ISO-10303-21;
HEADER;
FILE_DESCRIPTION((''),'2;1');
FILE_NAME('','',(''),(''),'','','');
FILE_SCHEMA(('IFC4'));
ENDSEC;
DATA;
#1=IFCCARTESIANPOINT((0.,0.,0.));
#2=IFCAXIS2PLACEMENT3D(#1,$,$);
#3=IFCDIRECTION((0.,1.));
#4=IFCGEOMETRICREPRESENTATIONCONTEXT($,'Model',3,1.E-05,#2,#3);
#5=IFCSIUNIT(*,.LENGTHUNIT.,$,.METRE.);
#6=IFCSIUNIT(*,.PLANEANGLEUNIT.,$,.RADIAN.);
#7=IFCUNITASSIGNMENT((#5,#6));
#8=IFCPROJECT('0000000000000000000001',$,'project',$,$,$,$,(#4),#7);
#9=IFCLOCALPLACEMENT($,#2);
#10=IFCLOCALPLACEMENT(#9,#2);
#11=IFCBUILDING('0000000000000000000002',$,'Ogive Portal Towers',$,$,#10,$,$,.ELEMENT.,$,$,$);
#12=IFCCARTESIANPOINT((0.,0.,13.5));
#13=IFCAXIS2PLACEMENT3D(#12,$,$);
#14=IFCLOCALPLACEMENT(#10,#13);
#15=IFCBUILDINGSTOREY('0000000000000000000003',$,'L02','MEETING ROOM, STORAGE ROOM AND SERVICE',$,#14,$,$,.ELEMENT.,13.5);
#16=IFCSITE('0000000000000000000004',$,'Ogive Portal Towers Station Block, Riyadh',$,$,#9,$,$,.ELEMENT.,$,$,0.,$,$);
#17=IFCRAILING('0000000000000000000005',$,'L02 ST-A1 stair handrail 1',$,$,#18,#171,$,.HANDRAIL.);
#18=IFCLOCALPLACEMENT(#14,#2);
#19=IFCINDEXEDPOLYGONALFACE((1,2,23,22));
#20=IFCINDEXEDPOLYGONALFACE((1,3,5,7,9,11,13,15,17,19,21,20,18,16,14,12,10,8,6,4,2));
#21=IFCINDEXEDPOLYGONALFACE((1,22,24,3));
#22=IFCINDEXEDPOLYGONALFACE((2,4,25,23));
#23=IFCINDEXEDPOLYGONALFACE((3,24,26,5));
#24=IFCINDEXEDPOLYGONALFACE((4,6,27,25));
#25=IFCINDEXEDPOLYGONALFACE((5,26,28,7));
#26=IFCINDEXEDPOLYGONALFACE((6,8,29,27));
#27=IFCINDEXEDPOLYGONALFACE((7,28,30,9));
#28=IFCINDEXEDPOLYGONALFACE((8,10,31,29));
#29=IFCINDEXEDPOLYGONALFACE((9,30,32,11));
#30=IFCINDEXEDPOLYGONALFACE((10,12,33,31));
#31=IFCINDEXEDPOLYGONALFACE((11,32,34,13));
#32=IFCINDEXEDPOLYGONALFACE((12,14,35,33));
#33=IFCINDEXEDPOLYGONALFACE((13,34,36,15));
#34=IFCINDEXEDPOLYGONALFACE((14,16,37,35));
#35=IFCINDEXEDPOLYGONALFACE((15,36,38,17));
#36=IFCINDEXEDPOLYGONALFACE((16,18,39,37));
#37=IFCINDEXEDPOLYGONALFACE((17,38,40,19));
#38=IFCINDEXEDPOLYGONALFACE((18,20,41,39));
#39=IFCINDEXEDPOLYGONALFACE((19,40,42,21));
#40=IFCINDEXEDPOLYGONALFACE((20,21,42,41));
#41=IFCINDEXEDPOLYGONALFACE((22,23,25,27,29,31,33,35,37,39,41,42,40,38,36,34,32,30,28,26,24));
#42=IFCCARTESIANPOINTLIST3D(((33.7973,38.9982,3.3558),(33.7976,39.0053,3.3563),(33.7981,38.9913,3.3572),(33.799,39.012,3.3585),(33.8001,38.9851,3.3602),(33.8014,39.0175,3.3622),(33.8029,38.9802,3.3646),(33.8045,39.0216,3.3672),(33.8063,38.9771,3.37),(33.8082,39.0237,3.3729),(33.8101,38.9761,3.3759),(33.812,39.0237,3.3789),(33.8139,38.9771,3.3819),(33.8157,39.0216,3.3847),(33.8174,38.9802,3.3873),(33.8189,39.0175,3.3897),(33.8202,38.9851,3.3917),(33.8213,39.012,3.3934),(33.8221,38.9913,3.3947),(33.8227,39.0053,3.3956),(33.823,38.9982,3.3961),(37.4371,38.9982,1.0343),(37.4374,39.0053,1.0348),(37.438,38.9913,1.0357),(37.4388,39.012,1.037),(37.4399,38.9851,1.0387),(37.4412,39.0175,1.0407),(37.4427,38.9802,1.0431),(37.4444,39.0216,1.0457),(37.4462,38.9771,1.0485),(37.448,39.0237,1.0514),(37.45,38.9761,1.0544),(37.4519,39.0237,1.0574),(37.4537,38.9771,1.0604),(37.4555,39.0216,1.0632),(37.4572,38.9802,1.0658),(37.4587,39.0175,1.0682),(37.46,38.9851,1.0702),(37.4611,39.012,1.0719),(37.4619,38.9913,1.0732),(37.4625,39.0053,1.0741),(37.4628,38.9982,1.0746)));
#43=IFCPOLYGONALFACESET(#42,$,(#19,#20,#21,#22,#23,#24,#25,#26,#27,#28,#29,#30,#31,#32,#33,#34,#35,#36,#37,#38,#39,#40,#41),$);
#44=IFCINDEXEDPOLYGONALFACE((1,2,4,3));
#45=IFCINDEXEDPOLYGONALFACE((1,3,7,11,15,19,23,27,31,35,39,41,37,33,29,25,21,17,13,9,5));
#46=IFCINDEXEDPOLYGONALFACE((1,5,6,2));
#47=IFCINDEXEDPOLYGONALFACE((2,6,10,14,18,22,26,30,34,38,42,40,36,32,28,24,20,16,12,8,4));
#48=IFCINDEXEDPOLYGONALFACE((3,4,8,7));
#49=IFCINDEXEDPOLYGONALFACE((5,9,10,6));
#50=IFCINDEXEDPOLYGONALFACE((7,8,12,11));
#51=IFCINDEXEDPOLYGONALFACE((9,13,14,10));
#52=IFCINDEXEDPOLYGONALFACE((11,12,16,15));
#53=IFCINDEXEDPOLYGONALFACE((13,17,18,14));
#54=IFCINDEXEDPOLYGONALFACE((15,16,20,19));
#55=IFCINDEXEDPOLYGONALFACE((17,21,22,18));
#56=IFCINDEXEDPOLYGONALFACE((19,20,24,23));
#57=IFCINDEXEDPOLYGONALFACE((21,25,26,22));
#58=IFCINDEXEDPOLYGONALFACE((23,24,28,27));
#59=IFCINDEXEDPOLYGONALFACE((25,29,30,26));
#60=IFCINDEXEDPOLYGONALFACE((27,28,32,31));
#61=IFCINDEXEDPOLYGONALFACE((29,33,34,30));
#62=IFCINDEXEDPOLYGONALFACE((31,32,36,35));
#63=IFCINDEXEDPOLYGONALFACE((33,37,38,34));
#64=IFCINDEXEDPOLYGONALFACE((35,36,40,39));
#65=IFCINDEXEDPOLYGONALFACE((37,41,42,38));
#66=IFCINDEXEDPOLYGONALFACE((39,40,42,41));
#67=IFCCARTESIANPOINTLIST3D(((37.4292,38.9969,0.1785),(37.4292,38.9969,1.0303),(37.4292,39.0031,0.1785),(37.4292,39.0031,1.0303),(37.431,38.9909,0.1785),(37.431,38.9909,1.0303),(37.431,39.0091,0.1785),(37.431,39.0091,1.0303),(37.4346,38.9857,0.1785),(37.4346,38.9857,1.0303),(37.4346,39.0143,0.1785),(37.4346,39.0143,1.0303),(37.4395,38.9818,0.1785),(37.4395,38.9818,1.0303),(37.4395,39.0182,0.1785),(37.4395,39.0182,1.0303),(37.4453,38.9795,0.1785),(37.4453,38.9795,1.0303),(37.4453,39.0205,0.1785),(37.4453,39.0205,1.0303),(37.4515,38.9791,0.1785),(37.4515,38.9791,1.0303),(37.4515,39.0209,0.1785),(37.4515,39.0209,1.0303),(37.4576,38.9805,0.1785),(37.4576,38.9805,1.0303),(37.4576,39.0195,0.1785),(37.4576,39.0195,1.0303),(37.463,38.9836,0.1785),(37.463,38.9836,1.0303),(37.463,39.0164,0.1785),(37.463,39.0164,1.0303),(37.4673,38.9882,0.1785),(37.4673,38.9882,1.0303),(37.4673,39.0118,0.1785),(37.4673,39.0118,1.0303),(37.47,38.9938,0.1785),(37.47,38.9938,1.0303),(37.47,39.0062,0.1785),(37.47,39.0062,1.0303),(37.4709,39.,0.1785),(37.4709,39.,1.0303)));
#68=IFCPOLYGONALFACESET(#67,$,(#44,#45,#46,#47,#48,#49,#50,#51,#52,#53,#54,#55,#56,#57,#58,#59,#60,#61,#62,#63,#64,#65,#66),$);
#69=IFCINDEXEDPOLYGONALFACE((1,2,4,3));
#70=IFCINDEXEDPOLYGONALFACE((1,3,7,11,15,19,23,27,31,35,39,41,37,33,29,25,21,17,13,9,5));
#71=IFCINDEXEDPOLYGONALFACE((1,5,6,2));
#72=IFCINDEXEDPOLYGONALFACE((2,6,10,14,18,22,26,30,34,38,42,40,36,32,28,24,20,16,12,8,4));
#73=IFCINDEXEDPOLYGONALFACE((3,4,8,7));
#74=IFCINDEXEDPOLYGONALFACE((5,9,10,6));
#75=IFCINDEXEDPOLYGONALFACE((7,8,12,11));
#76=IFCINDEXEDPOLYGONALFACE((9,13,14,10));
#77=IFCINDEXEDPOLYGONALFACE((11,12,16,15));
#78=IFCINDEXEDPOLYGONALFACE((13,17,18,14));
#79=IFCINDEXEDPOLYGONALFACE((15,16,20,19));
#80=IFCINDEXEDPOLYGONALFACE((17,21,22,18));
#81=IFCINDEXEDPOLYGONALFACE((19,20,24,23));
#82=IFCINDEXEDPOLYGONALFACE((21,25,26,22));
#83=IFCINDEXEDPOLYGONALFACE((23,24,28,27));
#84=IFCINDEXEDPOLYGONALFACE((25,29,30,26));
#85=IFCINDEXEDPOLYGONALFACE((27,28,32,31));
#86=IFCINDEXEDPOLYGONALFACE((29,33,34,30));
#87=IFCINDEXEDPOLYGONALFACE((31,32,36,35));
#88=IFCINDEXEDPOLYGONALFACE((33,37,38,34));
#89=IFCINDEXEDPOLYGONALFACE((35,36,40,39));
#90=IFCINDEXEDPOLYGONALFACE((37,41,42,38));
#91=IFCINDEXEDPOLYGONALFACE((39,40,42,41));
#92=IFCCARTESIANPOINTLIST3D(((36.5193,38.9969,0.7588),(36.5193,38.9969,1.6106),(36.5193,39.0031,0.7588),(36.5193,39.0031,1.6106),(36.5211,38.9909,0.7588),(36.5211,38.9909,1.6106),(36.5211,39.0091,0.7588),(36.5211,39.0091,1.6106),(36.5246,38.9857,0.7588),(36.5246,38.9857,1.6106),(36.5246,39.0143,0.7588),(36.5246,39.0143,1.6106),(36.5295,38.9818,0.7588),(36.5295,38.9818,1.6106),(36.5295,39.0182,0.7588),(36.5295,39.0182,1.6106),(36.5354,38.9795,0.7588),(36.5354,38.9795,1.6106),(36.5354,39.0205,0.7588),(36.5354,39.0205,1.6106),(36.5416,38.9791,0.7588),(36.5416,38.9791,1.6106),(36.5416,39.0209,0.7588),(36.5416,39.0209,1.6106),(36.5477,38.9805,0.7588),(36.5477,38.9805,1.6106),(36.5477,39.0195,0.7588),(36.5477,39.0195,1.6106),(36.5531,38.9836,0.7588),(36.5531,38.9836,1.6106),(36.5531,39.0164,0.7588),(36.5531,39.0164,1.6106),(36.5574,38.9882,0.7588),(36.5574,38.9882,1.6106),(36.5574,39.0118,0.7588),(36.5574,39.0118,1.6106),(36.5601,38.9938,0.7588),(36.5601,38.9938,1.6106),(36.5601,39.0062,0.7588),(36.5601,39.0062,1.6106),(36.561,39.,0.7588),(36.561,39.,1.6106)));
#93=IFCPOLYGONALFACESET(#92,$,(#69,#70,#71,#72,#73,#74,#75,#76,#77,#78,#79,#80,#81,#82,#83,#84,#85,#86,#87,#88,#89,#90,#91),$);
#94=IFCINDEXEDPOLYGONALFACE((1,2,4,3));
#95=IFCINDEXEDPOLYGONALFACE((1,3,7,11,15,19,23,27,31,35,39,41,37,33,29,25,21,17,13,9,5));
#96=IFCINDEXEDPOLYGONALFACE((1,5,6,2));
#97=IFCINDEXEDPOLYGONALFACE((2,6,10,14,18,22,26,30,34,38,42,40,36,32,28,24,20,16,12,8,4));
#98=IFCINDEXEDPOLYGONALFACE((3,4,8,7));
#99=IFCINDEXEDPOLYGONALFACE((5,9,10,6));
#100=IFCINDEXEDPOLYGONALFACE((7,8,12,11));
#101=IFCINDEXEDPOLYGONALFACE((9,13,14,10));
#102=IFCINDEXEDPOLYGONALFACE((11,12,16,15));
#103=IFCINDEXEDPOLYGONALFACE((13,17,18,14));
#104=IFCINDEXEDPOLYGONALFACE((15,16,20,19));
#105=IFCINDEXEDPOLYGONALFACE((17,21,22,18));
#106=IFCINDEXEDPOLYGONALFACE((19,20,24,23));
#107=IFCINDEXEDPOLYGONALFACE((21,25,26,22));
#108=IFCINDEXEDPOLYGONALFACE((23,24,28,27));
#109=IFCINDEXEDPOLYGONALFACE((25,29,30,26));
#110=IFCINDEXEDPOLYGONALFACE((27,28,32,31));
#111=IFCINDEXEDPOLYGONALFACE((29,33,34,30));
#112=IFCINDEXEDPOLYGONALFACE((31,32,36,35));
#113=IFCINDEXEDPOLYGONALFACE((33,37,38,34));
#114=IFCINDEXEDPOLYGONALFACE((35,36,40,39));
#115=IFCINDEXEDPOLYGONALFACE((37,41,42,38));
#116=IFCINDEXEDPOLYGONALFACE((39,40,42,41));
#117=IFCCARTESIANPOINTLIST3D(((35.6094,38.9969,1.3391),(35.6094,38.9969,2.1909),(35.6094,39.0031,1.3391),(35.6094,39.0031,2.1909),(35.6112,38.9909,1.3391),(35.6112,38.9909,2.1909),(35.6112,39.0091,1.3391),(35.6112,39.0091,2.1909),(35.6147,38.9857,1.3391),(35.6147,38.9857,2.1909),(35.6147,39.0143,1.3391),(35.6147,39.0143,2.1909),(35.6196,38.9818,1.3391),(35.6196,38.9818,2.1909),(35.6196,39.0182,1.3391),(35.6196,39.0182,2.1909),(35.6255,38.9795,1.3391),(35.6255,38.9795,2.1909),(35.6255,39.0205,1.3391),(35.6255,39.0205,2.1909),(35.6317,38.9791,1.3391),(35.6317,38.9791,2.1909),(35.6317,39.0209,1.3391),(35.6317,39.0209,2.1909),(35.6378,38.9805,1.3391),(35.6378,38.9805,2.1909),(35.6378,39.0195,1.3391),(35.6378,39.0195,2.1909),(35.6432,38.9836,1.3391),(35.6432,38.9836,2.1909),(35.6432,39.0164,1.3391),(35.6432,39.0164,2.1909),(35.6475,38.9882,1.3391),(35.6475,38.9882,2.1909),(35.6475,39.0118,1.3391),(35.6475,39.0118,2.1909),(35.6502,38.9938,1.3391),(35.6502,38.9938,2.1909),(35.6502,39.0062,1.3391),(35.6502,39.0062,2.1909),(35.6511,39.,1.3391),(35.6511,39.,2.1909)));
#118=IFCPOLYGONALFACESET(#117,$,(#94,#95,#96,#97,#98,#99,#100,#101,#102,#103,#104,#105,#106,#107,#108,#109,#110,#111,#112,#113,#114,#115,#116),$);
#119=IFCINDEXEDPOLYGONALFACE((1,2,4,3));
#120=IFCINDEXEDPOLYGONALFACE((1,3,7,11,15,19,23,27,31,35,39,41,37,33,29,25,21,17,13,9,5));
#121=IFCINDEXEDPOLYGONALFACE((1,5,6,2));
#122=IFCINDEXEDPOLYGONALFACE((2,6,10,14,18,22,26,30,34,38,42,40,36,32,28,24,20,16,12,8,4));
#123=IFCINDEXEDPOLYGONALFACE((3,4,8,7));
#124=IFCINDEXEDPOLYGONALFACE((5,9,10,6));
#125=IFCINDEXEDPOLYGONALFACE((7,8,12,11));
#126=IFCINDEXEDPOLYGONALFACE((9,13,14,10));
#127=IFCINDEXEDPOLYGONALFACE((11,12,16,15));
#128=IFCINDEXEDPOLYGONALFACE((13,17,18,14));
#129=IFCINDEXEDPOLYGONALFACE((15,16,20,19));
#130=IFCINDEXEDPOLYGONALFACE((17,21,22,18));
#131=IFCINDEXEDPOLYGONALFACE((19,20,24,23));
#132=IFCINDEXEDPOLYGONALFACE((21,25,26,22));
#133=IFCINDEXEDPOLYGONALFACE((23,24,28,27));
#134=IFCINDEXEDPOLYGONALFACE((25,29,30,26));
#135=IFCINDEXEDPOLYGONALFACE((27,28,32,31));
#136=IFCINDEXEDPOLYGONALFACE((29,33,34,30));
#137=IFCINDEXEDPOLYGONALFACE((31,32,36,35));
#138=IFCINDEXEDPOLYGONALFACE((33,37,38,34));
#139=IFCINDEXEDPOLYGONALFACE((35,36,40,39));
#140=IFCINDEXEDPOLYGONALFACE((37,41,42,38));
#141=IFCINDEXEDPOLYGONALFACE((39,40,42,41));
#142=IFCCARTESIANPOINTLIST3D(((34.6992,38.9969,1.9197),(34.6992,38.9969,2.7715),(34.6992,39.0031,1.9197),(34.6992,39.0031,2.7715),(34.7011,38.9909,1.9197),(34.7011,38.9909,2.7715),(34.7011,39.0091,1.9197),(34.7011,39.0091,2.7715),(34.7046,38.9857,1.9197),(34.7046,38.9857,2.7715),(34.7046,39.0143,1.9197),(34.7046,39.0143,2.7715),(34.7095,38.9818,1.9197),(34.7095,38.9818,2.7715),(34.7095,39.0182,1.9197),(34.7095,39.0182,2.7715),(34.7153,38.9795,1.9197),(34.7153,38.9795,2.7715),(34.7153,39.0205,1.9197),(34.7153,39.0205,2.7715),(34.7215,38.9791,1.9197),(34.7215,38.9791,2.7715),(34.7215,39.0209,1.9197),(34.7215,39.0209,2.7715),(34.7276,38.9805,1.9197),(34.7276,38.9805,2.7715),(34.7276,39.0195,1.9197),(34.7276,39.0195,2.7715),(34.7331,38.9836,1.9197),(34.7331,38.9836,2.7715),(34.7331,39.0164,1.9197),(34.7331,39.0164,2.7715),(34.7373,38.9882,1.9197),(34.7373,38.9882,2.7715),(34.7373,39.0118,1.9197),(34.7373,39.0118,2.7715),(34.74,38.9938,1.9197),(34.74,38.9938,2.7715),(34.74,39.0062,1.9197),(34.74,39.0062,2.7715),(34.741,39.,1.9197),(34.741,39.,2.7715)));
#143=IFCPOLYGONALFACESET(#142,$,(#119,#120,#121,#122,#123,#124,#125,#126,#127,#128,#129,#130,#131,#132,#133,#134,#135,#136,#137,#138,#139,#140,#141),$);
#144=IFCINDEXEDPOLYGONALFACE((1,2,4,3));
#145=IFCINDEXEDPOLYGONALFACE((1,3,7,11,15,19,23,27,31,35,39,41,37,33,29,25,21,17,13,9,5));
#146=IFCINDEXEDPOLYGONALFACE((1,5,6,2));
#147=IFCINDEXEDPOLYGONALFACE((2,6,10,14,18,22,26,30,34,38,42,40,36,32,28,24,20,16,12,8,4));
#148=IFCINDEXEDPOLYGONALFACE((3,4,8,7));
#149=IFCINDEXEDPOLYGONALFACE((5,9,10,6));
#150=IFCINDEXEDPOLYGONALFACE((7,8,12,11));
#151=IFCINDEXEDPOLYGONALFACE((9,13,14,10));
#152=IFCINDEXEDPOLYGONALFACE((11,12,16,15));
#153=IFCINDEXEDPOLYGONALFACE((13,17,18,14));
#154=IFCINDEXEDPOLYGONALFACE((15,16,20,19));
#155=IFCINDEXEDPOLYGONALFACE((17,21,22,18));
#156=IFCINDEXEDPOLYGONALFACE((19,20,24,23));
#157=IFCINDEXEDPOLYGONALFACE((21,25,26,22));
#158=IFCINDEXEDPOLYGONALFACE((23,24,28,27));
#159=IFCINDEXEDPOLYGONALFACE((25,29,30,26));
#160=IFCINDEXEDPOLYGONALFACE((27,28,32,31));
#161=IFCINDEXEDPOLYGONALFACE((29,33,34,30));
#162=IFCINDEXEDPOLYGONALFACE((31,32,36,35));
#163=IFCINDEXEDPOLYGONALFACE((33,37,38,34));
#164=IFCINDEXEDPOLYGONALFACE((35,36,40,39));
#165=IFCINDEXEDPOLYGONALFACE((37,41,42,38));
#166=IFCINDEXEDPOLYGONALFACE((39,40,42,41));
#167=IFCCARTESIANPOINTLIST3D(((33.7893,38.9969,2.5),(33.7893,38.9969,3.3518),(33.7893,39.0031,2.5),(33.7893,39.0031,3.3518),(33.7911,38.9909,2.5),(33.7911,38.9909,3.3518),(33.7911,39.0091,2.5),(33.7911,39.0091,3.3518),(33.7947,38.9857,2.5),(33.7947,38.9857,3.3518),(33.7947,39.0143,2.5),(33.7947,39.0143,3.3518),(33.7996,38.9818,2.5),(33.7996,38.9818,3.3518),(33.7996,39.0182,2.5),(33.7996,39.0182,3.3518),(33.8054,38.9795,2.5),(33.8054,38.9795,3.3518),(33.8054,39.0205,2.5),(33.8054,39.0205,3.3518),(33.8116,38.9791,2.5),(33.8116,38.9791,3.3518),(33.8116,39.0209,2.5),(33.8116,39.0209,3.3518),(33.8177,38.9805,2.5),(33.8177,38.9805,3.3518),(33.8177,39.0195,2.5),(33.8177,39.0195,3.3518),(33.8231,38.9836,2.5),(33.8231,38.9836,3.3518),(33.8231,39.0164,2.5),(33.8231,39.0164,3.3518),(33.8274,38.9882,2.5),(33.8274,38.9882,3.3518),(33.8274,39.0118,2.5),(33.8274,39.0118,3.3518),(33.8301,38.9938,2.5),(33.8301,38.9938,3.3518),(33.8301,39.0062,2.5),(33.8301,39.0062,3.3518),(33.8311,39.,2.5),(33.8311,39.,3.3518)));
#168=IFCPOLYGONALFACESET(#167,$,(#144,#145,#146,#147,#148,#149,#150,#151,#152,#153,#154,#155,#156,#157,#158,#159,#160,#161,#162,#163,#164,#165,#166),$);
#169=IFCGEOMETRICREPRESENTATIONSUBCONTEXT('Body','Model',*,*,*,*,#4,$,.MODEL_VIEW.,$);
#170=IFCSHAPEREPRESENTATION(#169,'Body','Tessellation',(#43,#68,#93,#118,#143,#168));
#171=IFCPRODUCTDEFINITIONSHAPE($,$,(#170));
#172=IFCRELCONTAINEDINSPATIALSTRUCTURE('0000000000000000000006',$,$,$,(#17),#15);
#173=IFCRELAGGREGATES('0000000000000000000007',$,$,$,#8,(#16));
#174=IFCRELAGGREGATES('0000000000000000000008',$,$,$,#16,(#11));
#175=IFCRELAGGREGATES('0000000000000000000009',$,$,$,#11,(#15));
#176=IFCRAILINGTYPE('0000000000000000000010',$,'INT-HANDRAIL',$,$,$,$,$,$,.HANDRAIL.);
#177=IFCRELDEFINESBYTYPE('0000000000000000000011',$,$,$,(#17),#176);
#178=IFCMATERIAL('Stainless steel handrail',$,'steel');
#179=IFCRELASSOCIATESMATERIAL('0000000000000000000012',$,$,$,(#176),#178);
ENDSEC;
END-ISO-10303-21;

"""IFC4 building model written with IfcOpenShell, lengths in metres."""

from ifc_helpers import new_model, si_unit, direction, frame, origin, origin_2d, place, context, subcontext, project, spatial, circle, extrude, material, type_object, element, save


model = new_model("IFC4")

# Units and contexts
model_context = context("Model", 3, precision=1e-05, world=origin(), true_north=direction((0.0, 1.0)))
body_context = subcontext(model_context, "Body", "Model", "MODEL_VIEW")
ifc_project = project(units=[si_unit("LENGTHUNIT", "METRE"), si_unit("PLANEANGLEUNIT", "RADIAN")], contexts=[model_context])

# Site, building, storey
site_placement = place(None, origin())
site = spatial("IfcSite", under=ifc_project, at=site_placement, Name="Ogive Portal Towers Station Block, Riyadh", CompositionType="ELEMENT", RefElevation=0.0)
building_placement = place(site_placement, origin())
building = spatial("IfcBuilding", under=site, at=building_placement, Name="Ogive Portal Towers", CompositionType="ELEMENT")
storey_placement = place(building_placement, frame((0.0, 0.0, 13.5)))
storey = spatial("IfcBuildingStorey", under=building, at=storey_placement, Name="L02", Description="MEETING ROOM, STORAGE ROOM AND SERVICE", CompositionType="ELEMENT", Elevation=13.5)

# Railing
ifc_material_1 = material(Name="Stainless steel handrail", Category="steel")
railing_type_1 = type_object("IfcRailingType", Name="INT-HANDRAIL", PredefinedType="HANDRAIL", material=ifc_material_1)
railing_1_placement = place(storey_placement, frame((37.45, 39.0, 0.1785)))
element("IfcRailing", 1, at=railing_1_placement, inside=storey, type_object=railing_type_1, Name="L02 ST-A1 stair handrail 1", PredefinedType="HANDRAIL", context=body_context, shape_type="SweptSolid", body=[
    extrude(circle(Radius=0.0239, at=origin_2d()), frame((0.0, 0.0, 0.876), z_axis=(-0.843112, 0.0, 0.537739), x_axis=(0.0, -1.0, 0.0)), (0.0, 0.0, 1.0), 4.3171),
    extrude(circle(Radius=0.021, at=origin_2d()), origin(), (0.0, 0.0, 1.0), 0.8518),
    extrude(circle(Radius=0.021, at=origin_2d()), frame((-0.9099, 0.0, 0.5803)), (0.0, 0.0, 1.0), 0.8518),
    extrude(circle(Radius=0.021, at=origin_2d()), frame((-1.8198, 0.0, 1.1606)), (0.0, 0.0, 1.0), 0.8518),
    extrude(circle(Radius=0.021, at=origin_2d()), frame((-2.73, 0.0, 1.7412)), (0.0, 0.0, 1.0), 0.8518),
    extrude(circle(Radius=0.021, at=origin_2d()), frame((-3.6399, 0.0, 2.3215)), (0.0, 0.0, 1.0), 0.8518),
])

save(model, "model.ifc")
